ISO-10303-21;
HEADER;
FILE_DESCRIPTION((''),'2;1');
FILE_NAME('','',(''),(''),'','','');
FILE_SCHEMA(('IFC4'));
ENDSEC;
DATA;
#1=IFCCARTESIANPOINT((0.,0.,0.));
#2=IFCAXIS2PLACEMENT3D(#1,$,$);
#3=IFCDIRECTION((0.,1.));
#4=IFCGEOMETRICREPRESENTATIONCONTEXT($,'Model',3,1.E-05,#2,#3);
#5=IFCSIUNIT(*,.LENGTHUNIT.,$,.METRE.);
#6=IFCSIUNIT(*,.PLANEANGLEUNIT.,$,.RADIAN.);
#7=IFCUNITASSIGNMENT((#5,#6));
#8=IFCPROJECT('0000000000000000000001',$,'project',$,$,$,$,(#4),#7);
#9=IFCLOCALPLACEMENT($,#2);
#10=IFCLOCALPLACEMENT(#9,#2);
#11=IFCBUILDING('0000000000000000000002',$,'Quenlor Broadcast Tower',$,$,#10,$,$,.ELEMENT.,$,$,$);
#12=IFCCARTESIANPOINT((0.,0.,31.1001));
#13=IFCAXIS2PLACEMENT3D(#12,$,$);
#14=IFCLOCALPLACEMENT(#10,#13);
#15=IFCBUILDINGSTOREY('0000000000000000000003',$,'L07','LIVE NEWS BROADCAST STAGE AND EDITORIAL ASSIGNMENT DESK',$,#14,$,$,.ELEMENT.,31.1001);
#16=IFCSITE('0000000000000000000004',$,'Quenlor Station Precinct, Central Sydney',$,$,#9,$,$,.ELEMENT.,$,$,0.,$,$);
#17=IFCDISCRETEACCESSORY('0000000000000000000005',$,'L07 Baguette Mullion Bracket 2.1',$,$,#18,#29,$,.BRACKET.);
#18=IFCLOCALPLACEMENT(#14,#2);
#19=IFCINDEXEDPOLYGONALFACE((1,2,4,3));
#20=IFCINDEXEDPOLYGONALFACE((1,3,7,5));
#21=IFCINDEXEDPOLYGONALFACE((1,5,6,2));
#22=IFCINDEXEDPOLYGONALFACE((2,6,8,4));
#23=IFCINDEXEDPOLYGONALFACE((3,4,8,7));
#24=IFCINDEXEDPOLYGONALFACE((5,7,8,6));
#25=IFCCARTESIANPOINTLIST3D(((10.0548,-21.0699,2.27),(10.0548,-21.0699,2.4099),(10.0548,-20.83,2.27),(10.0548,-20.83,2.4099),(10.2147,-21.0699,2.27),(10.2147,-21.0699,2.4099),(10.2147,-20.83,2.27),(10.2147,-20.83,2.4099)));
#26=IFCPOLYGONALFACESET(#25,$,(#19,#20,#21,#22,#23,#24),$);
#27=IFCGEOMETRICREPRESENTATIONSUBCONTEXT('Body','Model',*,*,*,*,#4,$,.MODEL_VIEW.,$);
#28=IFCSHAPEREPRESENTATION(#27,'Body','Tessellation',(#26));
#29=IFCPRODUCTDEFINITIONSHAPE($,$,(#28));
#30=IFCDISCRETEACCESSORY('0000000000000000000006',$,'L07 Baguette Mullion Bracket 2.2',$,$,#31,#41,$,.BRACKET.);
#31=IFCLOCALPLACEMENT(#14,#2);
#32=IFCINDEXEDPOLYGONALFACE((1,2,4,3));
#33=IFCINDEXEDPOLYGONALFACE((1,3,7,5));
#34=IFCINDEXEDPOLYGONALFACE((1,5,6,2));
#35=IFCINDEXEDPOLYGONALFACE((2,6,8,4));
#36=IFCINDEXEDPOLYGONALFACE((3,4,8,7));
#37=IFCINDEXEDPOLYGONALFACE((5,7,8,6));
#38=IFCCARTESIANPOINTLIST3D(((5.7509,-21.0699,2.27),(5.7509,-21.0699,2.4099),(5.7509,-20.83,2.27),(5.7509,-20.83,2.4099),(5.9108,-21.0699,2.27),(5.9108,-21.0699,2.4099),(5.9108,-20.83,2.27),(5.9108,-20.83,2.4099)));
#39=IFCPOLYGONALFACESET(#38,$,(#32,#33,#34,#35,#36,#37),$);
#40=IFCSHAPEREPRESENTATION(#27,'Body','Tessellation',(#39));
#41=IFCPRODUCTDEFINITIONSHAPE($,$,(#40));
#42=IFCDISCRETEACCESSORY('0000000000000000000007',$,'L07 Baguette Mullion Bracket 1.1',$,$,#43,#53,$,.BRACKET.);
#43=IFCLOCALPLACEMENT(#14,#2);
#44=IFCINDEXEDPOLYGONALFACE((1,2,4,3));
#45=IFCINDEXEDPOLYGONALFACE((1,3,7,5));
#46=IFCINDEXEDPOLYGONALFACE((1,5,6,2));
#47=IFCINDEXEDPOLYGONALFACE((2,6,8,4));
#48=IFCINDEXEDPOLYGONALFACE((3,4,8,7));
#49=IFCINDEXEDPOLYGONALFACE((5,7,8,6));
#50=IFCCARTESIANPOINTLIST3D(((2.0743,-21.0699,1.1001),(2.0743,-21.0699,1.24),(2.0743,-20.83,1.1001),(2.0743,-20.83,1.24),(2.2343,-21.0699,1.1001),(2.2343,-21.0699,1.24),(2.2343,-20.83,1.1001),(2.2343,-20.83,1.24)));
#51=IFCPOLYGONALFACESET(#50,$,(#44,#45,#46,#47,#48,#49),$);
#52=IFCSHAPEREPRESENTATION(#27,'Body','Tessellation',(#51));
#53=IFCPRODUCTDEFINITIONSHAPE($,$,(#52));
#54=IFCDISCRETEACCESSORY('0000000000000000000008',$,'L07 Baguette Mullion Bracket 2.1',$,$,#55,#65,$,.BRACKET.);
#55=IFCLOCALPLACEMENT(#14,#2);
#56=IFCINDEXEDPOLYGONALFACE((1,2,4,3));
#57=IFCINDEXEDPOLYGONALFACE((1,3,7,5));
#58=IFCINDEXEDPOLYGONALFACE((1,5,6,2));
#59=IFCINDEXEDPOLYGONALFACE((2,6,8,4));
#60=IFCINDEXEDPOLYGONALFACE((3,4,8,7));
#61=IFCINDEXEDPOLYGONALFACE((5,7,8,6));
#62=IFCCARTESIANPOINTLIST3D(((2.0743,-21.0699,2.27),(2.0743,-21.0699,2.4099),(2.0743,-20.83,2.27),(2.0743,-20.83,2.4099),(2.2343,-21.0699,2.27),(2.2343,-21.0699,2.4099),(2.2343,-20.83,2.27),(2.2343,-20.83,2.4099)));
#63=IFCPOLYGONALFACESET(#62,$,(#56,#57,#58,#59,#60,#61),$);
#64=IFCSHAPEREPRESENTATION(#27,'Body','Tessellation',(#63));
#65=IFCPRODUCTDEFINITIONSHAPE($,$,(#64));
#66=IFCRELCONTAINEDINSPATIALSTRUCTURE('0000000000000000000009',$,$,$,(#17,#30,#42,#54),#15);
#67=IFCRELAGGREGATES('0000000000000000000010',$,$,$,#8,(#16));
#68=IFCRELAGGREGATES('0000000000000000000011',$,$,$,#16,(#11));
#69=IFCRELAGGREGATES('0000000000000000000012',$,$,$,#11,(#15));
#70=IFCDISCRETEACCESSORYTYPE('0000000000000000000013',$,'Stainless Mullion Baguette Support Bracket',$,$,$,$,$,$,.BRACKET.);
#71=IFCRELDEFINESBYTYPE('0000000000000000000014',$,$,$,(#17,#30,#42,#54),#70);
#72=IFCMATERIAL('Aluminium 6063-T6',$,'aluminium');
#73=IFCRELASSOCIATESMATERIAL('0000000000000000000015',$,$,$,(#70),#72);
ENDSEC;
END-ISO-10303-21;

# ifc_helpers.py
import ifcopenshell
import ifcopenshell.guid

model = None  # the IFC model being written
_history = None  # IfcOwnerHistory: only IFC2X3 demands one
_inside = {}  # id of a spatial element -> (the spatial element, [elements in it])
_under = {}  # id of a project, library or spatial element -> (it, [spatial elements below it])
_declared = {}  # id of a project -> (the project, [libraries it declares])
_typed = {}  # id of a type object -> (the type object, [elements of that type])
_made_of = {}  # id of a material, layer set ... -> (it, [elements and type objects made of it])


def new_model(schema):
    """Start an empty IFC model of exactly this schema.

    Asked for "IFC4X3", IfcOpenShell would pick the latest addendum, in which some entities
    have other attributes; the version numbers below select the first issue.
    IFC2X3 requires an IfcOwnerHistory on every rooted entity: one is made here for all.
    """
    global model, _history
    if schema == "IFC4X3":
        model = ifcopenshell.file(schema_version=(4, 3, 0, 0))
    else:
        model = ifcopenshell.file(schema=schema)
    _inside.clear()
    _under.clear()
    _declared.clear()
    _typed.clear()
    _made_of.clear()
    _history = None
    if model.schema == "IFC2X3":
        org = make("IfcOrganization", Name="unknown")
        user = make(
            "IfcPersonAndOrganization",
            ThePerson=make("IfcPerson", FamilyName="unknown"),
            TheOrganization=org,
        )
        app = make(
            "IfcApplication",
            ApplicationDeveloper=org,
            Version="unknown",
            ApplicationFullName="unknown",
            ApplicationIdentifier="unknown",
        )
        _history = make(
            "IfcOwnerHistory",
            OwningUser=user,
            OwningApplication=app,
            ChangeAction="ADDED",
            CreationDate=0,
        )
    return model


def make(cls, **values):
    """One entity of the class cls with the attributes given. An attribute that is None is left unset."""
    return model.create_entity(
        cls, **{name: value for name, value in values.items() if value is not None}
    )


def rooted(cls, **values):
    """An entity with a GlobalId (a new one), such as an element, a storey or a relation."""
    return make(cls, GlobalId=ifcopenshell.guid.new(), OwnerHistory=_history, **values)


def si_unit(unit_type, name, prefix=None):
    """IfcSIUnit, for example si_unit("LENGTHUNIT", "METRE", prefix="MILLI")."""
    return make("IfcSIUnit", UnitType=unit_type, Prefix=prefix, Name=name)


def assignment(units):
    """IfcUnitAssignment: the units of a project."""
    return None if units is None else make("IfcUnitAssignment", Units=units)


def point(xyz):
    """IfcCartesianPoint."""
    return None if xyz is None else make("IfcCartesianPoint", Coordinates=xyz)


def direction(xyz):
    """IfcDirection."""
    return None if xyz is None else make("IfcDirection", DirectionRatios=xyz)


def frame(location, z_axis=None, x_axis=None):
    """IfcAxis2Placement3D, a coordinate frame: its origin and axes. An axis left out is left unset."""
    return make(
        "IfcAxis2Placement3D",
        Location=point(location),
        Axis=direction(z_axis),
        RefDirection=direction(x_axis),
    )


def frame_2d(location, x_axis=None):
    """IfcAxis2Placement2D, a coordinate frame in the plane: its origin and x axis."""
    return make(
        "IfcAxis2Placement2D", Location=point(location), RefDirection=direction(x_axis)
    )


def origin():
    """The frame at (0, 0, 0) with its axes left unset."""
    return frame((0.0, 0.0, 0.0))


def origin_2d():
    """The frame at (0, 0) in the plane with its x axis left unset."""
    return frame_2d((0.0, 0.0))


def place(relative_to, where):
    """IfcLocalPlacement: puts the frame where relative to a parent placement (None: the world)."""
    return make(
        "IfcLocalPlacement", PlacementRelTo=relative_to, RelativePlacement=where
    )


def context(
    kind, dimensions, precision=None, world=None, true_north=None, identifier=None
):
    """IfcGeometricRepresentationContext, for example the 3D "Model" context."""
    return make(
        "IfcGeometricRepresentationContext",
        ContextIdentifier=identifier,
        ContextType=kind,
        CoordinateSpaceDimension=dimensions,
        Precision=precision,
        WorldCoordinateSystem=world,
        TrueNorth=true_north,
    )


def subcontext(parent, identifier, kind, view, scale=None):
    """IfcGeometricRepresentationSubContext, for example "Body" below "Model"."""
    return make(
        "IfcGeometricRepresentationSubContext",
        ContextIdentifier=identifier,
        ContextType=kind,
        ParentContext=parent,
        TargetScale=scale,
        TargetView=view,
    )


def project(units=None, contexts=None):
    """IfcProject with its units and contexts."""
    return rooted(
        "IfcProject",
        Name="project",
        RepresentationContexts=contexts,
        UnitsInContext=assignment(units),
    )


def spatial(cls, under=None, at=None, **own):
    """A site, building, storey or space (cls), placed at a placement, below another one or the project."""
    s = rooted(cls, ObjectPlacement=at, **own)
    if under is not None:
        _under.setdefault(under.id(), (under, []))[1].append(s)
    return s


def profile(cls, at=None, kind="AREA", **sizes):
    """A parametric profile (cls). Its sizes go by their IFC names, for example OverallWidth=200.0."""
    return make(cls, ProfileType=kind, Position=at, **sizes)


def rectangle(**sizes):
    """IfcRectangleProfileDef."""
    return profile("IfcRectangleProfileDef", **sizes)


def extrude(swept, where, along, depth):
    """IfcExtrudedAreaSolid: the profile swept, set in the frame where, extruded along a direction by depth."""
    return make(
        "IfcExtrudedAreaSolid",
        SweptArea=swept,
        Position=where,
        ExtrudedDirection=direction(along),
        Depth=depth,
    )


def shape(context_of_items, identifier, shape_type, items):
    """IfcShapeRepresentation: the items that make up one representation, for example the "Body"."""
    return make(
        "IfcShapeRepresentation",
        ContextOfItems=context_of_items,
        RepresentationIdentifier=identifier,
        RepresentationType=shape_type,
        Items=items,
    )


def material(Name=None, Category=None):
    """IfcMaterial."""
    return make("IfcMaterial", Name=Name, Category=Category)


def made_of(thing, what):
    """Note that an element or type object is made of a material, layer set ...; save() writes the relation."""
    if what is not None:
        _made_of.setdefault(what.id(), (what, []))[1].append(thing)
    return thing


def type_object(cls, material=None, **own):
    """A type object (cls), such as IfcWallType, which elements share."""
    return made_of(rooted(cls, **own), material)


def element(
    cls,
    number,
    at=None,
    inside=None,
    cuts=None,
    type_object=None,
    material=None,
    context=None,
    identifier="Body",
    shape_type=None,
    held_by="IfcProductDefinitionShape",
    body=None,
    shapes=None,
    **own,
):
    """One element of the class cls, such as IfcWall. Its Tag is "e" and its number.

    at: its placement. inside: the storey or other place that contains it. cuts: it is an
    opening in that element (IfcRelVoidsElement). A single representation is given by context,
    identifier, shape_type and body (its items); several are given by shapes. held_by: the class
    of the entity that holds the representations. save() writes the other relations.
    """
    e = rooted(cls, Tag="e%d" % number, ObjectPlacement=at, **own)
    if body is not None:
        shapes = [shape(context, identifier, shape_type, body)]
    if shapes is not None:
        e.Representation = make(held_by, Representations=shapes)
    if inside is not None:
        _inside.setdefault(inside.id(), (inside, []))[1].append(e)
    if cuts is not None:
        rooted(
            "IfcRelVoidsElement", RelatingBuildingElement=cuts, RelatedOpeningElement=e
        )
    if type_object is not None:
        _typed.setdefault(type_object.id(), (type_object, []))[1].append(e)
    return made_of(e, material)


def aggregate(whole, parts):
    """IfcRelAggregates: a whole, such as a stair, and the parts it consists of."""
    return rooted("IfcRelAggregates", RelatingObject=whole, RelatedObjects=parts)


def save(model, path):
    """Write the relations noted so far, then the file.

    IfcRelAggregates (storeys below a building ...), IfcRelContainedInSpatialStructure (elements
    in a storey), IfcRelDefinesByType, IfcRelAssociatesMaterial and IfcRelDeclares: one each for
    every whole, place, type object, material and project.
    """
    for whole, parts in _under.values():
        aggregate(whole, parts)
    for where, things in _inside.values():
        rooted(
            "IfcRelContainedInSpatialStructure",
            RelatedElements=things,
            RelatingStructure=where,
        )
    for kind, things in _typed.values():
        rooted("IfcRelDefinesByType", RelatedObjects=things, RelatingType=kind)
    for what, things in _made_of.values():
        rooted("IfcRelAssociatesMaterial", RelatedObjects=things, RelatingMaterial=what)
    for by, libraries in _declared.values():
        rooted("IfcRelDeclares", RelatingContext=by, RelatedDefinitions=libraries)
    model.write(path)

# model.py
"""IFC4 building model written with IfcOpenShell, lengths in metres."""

from ifc_helpers import new_model, si_unit, direction, frame, origin, origin_2d, place, context, subcontext, project, spatial, rectangle, extrude, material, type_object, element, save


model = new_model("IFC4")

# Units and contexts
model_context = context("Model", 3, precision=1e-05, world=origin(), true_north=direction((0.0, 1.0)))
body_context = subcontext(model_context, "Body", "Model", "MODEL_VIEW")
ifc_project = project(units=[si_unit("LENGTHUNIT", "METRE"), si_unit("PLANEANGLEUNIT", "RADIAN")], contexts=[model_context])

# Site, building, storey
site_placement = place(None, origin())
site = spatial("IfcSite", under=ifc_project, at=site_placement, Name="Quenlor Station Precinct, Central Sydney", CompositionType="ELEMENT", RefElevation=0.0)
building_placement = place(site_placement, origin())
building = spatial("IfcBuilding", under=site, at=building_placement, Name="Quenlor Broadcast Tower", CompositionType="ELEMENT")
storey_placement = place(building_placement, frame((0.0, 0.0, 31.1001)))
storey = spatial("IfcBuildingStorey", under=building, at=storey_placement, Name="L07", Description="LIVE NEWS BROADCAST STAGE AND EDITORIAL ASSIGNMENT DESK", CompositionType="ELEMENT", Elevation=31.1001)

# Discrete accessories
ifc_material_1 = material(Name="Aluminium 6063-T6", Category="aluminium")
discrete_accessory_type = type_object("IfcDiscreteAccessoryType", Name="Stainless Mullion Baguette Support Bracket", PredefinedType="BRACKET", material=ifc_material_1)
for number, where, z_axis, x_axis, name in (
    (1, (10.1348, -20.95, 2.27), (0.0, 0.0, 1.0), (-1.0, 0.0, 0.0), "L07 Baguette Mullion Bracket 2.1"),
    (2, (5.8308, -20.95, 2.27), (0.0, 0.0, 1.0), (-1.0, 0.0, 0.0), "L07 Baguette Mullion Bracket 2.2"),
    (3, (2.1543, -20.95, 1.1001), (0.0, 0.0, 1.0), (-1.0, 0.0, 0.0), "L07 Baguette Mullion Bracket 1.1"),
    (4, (2.1543, -20.95, 2.27), (0.0, 0.0, 1.0), (-1.0, 0.0, 0.0), "L07 Baguette Mullion Bracket 2.1"),
):
    element("IfcDiscreteAccessory", number, at=place(storey_placement, frame(where, z_axis=z_axis, x_axis=x_axis)), inside=storey, type_object=discrete_accessory_type, Name=name, PredefinedType="BRACKET", context=body_context, shape_type="SweptSolid", body=[
        extrude(rectangle(XDim=0.1599, YDim=0.24, at=origin_2d()), origin(), (0.0, 0.0, 1.0), 0.1399),
    ])

save(model, "model.ifc")
